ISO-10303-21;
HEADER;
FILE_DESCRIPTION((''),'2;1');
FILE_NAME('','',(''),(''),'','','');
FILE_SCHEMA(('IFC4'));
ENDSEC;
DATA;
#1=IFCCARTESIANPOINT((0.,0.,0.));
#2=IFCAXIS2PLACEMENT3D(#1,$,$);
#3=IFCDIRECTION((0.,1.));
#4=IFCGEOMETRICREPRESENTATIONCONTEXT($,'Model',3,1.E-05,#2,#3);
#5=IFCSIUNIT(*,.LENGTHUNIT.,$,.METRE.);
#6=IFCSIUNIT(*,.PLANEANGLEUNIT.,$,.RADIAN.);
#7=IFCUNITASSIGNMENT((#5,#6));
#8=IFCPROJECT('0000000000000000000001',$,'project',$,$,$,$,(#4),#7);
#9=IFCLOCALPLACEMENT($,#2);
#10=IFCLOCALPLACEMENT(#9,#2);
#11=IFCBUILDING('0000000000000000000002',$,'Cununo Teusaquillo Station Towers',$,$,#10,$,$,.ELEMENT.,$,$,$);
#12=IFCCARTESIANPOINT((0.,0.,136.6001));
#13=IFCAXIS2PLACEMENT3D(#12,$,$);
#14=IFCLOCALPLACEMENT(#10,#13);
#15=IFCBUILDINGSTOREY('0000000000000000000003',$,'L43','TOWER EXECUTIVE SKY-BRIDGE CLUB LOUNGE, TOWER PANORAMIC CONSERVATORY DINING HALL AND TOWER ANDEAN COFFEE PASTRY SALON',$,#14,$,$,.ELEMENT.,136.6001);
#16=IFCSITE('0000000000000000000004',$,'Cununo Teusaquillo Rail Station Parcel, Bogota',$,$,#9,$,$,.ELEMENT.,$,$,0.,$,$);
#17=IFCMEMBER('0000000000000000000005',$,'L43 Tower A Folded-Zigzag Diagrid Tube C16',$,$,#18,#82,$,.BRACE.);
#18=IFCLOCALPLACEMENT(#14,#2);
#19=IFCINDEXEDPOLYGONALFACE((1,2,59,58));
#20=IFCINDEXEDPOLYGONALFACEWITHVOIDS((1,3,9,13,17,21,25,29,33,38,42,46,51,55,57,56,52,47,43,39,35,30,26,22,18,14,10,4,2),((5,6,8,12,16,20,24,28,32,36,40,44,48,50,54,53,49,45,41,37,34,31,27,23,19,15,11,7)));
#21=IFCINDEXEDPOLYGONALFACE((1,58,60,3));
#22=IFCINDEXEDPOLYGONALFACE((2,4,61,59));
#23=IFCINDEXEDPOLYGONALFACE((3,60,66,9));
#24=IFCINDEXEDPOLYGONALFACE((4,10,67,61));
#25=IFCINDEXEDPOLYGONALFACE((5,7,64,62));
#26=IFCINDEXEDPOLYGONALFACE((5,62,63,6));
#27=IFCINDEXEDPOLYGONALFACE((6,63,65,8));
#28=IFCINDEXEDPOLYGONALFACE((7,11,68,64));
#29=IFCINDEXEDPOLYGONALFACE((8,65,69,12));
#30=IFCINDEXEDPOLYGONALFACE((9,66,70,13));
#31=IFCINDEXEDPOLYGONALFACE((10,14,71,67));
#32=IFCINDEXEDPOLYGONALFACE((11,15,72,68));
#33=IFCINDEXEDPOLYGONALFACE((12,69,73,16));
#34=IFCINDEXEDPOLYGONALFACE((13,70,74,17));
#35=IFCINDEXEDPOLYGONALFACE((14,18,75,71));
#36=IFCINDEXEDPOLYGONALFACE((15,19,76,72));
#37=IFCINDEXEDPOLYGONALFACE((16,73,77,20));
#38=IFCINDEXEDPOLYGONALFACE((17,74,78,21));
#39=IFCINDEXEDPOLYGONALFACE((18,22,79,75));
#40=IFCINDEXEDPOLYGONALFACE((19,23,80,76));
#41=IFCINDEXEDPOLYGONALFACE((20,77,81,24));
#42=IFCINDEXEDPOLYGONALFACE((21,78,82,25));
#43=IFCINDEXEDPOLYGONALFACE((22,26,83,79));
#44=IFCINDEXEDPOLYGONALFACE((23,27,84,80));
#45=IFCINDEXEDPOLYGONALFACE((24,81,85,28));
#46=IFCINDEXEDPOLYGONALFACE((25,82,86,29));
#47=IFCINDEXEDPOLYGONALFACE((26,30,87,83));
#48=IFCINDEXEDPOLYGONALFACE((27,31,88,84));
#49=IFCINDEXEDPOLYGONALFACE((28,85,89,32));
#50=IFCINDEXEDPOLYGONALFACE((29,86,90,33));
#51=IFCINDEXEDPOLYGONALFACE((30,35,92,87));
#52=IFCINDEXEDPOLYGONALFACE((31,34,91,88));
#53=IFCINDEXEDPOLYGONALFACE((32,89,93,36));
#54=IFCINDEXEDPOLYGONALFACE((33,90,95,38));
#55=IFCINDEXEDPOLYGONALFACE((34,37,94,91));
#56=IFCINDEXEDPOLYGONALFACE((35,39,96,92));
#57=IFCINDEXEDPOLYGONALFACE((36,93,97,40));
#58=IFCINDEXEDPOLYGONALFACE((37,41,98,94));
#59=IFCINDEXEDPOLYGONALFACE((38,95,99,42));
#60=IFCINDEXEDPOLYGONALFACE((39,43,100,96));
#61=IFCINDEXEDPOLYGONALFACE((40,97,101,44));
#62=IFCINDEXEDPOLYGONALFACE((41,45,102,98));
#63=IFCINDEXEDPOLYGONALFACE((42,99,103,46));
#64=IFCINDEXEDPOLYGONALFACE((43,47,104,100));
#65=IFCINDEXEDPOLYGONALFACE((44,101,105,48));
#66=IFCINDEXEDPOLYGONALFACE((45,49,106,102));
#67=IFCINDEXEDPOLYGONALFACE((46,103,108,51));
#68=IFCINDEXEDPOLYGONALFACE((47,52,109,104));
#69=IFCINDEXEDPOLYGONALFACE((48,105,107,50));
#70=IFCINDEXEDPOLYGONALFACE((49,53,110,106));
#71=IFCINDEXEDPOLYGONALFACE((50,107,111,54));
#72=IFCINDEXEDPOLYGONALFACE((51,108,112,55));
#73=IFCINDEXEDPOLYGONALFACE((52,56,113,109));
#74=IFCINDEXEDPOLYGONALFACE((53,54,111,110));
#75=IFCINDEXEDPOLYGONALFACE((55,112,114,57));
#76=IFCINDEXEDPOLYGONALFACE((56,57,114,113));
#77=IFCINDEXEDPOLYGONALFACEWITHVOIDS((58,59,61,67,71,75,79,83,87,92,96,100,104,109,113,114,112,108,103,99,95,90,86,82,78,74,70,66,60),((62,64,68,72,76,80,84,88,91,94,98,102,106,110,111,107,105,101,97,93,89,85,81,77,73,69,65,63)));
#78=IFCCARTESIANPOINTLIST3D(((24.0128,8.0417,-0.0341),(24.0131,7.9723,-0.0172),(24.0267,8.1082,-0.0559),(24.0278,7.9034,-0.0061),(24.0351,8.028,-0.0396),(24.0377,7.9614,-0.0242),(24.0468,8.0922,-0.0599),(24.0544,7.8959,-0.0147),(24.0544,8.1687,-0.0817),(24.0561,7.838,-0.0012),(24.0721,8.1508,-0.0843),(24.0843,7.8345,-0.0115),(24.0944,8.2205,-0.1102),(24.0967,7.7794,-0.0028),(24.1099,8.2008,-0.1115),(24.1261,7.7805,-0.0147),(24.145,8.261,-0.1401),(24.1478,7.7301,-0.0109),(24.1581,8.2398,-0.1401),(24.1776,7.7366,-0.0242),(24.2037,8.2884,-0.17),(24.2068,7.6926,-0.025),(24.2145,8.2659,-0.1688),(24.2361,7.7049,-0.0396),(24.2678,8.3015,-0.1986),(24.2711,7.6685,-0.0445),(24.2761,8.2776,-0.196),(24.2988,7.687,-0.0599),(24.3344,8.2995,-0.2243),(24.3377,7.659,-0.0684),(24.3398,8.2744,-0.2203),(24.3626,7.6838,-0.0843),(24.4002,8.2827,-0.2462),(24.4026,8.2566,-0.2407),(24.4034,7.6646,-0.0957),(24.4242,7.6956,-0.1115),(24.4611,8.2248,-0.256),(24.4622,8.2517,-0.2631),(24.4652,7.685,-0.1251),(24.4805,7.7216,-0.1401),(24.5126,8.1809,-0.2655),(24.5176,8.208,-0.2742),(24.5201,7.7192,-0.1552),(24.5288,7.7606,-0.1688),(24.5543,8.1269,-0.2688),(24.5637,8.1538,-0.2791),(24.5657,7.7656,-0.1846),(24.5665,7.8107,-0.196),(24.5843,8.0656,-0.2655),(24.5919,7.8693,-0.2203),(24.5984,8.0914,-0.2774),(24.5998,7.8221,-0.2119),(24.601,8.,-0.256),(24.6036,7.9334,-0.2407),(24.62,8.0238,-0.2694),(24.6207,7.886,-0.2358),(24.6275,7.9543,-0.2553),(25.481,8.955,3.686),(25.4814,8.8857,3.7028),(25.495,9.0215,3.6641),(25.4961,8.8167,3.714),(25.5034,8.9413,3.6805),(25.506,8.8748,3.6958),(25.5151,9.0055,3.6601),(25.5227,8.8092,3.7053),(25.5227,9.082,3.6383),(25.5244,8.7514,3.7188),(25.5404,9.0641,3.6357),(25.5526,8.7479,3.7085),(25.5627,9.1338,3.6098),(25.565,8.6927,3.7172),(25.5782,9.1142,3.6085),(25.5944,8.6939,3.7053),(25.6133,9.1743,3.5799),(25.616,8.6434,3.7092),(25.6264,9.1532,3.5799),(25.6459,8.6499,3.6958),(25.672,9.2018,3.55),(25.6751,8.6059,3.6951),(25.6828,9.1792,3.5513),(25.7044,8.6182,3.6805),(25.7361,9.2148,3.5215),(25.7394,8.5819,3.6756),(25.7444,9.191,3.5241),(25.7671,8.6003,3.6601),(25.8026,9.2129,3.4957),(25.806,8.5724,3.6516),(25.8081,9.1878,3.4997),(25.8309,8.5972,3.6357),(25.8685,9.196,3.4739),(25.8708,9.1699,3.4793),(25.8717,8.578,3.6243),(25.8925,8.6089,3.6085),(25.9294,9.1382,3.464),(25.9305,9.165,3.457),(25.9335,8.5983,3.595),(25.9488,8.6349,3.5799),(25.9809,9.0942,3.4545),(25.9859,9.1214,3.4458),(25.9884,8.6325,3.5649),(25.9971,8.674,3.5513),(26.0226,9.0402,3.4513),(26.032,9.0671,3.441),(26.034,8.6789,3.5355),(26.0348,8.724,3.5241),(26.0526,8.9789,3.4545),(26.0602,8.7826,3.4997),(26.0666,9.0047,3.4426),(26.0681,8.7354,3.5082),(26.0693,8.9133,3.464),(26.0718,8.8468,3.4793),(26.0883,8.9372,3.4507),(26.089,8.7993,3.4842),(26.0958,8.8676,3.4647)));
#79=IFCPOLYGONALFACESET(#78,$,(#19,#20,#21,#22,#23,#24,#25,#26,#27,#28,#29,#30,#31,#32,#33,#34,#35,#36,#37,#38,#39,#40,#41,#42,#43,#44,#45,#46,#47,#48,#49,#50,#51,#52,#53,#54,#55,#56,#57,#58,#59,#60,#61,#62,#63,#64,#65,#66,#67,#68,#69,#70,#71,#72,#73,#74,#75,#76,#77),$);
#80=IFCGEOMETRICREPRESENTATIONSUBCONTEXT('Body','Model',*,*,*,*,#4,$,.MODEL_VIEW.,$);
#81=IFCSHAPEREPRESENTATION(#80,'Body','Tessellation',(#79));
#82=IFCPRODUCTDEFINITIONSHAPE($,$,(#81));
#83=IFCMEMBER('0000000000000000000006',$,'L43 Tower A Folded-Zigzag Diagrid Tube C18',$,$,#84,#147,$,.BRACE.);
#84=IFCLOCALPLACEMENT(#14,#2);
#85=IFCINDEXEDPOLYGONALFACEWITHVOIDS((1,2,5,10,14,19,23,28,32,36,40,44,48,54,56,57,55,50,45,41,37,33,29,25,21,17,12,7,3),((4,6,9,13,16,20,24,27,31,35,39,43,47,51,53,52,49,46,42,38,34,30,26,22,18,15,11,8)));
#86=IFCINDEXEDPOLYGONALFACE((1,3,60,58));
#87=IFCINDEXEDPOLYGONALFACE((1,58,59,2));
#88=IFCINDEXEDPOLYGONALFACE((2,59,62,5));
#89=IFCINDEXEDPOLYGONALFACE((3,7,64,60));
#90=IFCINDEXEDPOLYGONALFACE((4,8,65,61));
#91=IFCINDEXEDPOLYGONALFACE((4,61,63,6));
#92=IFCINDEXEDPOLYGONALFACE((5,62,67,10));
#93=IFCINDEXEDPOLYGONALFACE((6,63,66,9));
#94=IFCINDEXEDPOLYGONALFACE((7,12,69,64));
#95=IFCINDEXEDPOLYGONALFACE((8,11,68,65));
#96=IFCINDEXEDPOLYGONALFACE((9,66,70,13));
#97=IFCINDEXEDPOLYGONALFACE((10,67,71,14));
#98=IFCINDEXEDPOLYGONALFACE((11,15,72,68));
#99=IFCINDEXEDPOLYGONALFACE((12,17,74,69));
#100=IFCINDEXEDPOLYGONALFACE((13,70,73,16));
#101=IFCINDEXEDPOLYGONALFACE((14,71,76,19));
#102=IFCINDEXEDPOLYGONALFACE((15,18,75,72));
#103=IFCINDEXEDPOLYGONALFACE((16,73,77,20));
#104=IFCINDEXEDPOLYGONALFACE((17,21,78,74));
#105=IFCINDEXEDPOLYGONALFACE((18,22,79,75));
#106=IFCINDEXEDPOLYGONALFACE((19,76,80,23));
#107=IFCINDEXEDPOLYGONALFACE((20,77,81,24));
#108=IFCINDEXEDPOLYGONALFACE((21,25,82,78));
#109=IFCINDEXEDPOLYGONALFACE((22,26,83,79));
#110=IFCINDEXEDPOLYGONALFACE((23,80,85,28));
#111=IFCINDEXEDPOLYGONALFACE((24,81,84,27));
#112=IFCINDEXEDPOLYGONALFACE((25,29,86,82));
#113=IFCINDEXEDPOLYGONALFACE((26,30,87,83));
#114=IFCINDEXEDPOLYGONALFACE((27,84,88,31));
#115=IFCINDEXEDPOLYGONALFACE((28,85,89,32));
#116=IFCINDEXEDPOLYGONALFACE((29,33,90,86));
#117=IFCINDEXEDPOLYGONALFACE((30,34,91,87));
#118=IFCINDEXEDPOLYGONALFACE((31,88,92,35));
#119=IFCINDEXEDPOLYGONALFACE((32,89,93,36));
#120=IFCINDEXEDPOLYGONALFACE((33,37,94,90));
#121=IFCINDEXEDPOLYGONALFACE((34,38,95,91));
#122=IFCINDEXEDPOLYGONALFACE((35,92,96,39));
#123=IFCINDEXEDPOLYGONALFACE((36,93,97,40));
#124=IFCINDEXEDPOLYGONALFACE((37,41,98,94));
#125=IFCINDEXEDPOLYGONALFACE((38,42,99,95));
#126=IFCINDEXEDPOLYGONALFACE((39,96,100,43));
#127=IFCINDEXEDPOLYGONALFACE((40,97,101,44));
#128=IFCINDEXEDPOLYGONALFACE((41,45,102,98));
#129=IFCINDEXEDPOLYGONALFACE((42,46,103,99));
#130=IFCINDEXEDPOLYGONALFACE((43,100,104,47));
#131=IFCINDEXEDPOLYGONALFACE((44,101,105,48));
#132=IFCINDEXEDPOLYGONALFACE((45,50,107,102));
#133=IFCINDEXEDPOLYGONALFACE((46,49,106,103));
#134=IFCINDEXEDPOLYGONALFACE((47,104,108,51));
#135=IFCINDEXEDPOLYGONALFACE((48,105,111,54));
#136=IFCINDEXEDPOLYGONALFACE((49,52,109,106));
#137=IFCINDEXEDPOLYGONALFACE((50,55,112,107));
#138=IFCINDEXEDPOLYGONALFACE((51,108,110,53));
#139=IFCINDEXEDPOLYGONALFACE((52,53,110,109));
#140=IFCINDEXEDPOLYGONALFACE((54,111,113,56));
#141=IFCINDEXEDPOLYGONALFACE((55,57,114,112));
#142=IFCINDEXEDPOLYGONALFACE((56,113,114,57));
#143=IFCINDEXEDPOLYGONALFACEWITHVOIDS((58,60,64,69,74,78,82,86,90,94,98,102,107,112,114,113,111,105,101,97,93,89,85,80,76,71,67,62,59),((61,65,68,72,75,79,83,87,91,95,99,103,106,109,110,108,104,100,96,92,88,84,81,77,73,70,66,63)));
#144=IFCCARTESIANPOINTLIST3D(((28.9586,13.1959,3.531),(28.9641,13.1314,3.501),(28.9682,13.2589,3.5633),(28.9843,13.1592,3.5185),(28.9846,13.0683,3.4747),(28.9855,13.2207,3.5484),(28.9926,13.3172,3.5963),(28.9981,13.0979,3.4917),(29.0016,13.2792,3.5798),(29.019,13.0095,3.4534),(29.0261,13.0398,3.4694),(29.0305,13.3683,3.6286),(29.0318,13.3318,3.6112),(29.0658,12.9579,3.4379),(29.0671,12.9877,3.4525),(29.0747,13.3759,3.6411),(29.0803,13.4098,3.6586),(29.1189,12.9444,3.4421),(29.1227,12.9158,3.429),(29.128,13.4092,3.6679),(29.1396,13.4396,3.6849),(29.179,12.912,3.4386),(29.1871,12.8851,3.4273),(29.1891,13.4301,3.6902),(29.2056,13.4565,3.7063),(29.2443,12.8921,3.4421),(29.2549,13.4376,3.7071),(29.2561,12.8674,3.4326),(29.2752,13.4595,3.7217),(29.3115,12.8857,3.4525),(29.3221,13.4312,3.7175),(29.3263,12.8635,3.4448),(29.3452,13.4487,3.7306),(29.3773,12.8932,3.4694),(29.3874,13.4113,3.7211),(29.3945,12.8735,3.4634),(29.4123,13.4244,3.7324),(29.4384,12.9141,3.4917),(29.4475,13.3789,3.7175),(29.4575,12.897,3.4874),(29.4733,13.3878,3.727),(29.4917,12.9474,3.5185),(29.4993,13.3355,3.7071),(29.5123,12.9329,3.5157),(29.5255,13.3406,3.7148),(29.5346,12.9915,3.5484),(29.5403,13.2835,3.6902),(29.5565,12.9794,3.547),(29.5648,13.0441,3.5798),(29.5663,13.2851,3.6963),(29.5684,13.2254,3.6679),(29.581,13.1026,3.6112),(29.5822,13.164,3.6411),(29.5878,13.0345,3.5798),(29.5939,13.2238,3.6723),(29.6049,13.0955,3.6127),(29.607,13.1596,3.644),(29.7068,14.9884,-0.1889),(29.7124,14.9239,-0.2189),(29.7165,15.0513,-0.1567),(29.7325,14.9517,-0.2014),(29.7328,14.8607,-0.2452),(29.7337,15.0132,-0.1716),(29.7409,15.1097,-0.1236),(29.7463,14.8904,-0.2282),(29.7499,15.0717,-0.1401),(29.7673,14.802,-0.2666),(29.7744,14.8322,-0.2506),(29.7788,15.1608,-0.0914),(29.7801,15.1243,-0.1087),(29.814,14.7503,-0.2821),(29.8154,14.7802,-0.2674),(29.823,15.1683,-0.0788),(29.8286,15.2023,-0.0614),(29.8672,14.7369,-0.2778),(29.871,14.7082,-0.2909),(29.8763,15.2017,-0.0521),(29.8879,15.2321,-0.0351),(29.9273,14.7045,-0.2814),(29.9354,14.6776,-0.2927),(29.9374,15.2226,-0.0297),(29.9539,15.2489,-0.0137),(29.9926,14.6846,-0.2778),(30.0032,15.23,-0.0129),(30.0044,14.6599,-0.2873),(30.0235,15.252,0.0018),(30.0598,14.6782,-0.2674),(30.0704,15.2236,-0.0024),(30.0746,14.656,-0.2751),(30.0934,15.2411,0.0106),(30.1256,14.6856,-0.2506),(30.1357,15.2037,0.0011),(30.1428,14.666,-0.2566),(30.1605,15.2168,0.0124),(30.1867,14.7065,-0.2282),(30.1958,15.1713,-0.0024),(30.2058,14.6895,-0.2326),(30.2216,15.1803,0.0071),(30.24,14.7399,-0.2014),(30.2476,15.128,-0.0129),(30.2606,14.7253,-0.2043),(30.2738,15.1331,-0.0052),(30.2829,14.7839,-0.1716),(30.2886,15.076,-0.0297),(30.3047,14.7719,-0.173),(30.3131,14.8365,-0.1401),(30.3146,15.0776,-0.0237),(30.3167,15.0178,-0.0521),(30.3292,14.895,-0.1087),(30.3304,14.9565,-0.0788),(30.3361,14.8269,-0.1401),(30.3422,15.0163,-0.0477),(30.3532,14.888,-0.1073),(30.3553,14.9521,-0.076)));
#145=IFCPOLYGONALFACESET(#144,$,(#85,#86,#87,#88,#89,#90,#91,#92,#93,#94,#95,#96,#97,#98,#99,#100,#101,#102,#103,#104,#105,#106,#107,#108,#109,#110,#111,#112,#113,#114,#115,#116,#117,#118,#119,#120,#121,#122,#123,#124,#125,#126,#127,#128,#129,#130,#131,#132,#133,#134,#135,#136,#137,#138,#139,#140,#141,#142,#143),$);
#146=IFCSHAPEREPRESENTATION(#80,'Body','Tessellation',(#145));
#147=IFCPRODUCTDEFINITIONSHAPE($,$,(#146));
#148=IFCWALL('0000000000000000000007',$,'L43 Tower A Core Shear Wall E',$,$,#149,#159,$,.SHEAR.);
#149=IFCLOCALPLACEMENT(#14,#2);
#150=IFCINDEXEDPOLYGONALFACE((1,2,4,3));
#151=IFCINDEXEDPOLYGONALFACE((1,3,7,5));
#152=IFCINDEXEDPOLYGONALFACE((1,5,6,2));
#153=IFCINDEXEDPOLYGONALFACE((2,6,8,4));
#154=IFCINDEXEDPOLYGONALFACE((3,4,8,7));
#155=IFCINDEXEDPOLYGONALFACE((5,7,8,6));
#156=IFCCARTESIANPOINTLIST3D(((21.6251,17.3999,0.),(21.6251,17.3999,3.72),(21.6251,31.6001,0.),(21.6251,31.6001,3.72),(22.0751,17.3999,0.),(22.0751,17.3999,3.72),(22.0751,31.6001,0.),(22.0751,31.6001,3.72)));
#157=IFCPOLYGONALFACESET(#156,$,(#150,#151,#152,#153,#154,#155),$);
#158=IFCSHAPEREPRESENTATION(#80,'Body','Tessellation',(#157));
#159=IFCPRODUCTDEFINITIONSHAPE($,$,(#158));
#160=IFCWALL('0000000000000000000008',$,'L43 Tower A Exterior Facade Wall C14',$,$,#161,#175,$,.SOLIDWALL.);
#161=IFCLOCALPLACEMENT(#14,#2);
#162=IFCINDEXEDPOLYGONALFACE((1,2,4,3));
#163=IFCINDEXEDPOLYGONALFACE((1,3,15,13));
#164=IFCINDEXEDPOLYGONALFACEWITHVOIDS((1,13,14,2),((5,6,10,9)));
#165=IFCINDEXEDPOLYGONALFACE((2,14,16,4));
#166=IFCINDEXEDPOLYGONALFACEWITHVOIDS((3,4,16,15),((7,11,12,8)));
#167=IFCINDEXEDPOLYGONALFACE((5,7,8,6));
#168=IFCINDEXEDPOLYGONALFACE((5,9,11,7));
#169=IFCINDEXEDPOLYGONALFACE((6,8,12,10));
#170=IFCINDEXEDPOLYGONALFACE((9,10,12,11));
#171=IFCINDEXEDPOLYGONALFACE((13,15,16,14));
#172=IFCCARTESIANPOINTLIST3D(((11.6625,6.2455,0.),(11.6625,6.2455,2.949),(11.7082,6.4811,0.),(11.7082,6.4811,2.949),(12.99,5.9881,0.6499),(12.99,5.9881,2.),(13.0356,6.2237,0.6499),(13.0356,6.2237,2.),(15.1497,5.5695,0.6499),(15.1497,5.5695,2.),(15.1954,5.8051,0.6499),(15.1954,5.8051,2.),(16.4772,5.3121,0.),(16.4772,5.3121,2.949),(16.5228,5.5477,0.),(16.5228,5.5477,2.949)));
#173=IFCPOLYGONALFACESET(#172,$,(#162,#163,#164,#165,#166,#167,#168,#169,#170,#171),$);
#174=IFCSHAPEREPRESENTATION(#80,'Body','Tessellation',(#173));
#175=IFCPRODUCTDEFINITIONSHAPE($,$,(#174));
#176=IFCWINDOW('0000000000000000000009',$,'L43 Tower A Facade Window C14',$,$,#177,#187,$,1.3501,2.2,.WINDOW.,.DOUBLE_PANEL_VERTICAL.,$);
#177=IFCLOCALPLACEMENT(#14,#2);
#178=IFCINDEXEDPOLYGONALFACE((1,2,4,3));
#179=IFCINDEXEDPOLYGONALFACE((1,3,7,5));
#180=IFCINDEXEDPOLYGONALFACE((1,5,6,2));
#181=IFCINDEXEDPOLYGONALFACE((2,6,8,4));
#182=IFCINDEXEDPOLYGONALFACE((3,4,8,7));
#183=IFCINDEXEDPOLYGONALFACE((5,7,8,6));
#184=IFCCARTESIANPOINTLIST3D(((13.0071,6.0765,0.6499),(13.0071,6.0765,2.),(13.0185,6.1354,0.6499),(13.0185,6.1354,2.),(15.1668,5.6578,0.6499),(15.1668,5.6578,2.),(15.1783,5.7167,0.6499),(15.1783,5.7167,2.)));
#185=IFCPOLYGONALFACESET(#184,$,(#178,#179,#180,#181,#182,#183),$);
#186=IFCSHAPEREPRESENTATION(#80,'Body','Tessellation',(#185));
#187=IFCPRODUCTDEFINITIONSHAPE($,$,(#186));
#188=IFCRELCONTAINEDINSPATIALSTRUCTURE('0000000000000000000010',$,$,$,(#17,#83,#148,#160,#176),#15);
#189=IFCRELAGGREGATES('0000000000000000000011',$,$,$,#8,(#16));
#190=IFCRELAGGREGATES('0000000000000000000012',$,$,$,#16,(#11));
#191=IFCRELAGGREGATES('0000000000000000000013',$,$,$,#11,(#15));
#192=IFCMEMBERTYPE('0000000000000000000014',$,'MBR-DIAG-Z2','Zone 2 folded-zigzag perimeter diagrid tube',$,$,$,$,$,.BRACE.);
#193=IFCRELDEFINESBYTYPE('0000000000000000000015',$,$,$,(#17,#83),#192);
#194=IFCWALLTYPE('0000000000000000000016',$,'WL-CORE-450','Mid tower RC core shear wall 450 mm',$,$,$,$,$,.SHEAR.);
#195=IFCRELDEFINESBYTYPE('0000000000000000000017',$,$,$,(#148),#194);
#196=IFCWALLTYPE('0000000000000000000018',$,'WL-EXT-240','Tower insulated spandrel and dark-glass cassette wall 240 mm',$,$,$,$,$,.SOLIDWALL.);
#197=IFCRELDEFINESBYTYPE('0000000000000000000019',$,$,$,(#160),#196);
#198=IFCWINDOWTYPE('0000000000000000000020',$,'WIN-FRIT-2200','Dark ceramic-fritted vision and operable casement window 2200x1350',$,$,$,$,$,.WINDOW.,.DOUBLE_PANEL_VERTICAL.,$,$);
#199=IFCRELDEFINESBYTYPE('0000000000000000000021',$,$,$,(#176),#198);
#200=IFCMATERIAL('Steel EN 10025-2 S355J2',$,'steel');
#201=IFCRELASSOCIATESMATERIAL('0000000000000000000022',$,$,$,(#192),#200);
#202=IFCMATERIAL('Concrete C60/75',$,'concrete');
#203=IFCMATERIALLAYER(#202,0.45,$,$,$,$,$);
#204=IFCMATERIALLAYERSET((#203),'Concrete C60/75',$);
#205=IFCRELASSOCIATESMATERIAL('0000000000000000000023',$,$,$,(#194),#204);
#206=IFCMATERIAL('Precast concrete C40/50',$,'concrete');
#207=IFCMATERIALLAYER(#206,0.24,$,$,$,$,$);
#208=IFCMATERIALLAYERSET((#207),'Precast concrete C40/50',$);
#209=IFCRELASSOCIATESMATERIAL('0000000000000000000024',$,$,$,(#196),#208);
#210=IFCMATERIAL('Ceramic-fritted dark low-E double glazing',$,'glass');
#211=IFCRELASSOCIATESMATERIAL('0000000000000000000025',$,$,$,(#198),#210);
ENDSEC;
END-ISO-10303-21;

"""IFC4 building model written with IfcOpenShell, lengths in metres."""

from ifc_helpers import new_model, si_unit, direction, frame, frame_2d, origin, origin_2d, place, context, subcontext, project, spatial, rectangle, hollow_circle, extrude, source, transform, mapped, material, layer, layer_set, material_profile, profile_set, type_object, element, fill, save


model = new_model("IFC4")

# Units and contexts
model_context = context("Model", 3, precision=1e-05, world=origin(), true_north=direction((0.0, 1.0)))
body_context = subcontext(model_context, "Body", "Model", "MODEL_VIEW")
ifc_project = project(units=[si_unit("LENGTHUNIT", "METRE"), si_unit("PLANEANGLEUNIT", "RADIAN")], contexts=[model_context])

# Site, building, storey
site_placement = place(None, origin())
site = spatial("IfcSite", under=ifc_project, at=site_placement, Name="Cununo Teusaquillo Rail Station Parcel, Bogota", CompositionType="ELEMENT", RefElevation=0.0)
building_placement = place(site_placement, origin())
building = spatial("IfcBuilding", under=site, at=building_placement, Name="Cununo Teusaquillo Station Towers", CompositionType="ELEMENT")
storey_placement = place(building_placement, frame((0.0, 0.0, 136.6001)))
storey = spatial("IfcBuildingStorey", under=building, at=storey_placement, Name="L43", Description="TOWER EXECUTIVE SKY-BRIDGE CLUB LOUNGE, TOWER PANORAMIC CONSERVATORY DINING HALL AND TOWER ANDEAN COFFEE PASTRY SALON", CompositionType="ELEMENT", Elevation=136.6001)

# Members
ifc_material_1 = material(Name="Steel EN 10025-2 S355J2", Category="steel")
ifc_material_profile_1 = material_profile(ifc_material_1, hollow_circle(Radius=0.3301, WallThickness=0.0249, at=origin_2d()), Name="CHS 660x25")
ifc_profile_set_1 = profile_set([ifc_material_profile_1], Name="Steel EN 10025-2 S355J2")
member_type_1 = type_object("IfcMemberType", Name="MBR-DIAG-Z2", Description="Zone 2 folded-zigzag perimeter diagrid tube", PredefinedType="BRACE", material=ifc_profile_set_1)
member_1_placement = place(storey_placement, frame((24.3193, 7.9807, -0.1401), z_axis=(0.357919, 0.222643, 0.906821), x_axis=(-0.528196, 0.849123, 0.0)))
element("IfcMember", 1, at=member_1_placement, inside=storey, type_object=member_type_1, Name="L43 Tower A Folded-Zigzag Diagrid Tube C16", PredefinedType="BRACE", context=body_context, shape_type="SweptSolid", body=[
    extrude(hollow_circle(Radius=0.3301, WallThickness=0.0249, at=origin_2d()), origin(), (0.0, 0.0, 1.0), 4.1023),
])
member_2_placement = place(storey_placement, frame((30.0315, 14.9541, -0.1401), z_axis=(-0.178311, -0.427131, 0.886434), x_axis=(0.922816, -0.38524, 0.0)))
element("IfcMember", 2, at=member_2_placement, inside=storey, type_object=member_type_1, Name="L43 Tower A Folded-Zigzag Diagrid Tube C18", PredefinedType="BRACE", context=body_context, shape_type="SweptSolid", body=[
    extrude(hollow_circle(Radius=0.3301, WallThickness=0.0249, at=origin_2d()), origin(), (0.0, 0.0, 1.0), 4.1965),
])

# Wall
ifc_material_2 = material(Name="Concrete C60/75", Category="concrete")
ifc_layer_1 = layer(ifc_material_2, 0.45)
ifc_layer_set_1 = layer_set([ifc_layer_1], Name="Concrete C60/75")
wall_type_1 = type_object("IfcWallType", Name="WL-CORE-450", Description="Mid tower RC core shear wall 450 mm", PredefinedType="SHEAR", material=ifc_layer_set_1)
wall_1_placement = place(storey_placement, frame((21.8501, 17.3999, 0.0), z_axis=(0.0, 0.0, 1.0), x_axis=(0.0, 1.0, 0.0)))
element("IfcWall", 3, at=wall_1_placement, inside=storey, type_object=wall_type_1, Name="L43 Tower A Core Shear Wall E", PredefinedType="SHEAR", context=body_context, shape_type="SweptSolid", body=[
    extrude(rectangle(XDim=14.2002, YDim=0.45, at=frame_2d((7.1001, 0.0))), origin(), (0.0, 0.0, 1.0), 3.72),
])

# Wall, opening, window
ifc_material_3 = material(Name="Precast concrete C40/50", Category="concrete")
ifc_layer_2 = layer(ifc_material_3, 0.24)
ifc_layer_set_2 = layer_set([ifc_layer_2], Name="Precast concrete C40/50")
wall_type_2 = type_object("IfcWallType", Name="WL-EXT-240", Description="Tower insulated spandrel and dark-glass cassette wall 240 mm", PredefinedType="SOLIDWALL", material=ifc_layer_set_2)
wall_2_placement = place(storey_placement, frame((16.5, 5.4299, 0.0), z_axis=(0.0, 0.0, 1.0), x_axis=(-0.981724, 0.190311, 0.0)))
wall_2 = element("IfcWall", 4, at=wall_2_placement, inside=storey, type_object=wall_type_2, Name="L43 Tower A Exterior Facade Wall C14", PredefinedType="SOLIDWALL", context=body_context, shape_type="SweptSolid", body=[
    extrude(rectangle(XDim=4.9043, YDim=0.24, at=frame_2d((2.4521, 0.0))), origin(), (0.0, 0.0, 1.0), 2.949),
])
shared_shape_1 = source(origin(), body_context, "Body", "SweptSolid", [
    extrude(rectangle(XDim=2.2, YDim=1.3501, at=frame_2d((1.1001, 0.675))), frame((0.0, 0.1299, 0.0), z_axis=(0.0, -1.0, 0.0), x_axis=(1.0, 0.0, 0.0)), (0.0, 0.0, 1.0), 0.26),
])
opening_1_placement = place(wall_2_placement, frame((1.3521, 0.0, 0.6499)))
opening_1 = element("IfcOpeningElement", 5, at=opening_1_placement, cuts=wall_2, PredefinedType="OPENING", context=body_context, shape_type="MappedRepresentation", body=[
    mapped(shared_shape_1, transform((0.0, 0.0, 0.0), x_axis=(1.0, 0.0, 0.0), y_axis=(0.0, 1.0, 0.0), z_axis=(0.0, 0.0, 1.0), scale=1.0)),
])
ifc_material_4 = material(Name="Ceramic-fritted dark low-E double glazing", Category="glass")
window_type_1 = type_object("IfcWindowType", Name="WIN-FRIT-2200", Description="Dark ceramic-fritted vision and operable casement window 2200x1350", PartitioningType="DOUBLE_PANEL_VERTICAL", PredefinedType="WINDOW", material=ifc_material_4)
shared_shape_2 = source(origin(), body_context, "Body", "SweptSolid", [
    extrude(rectangle(XDim=2.2, YDim=1.3501, at=frame_2d((1.1001, 0.675))), frame((0.0, 0.03, 0.0), z_axis=(0.0, -1.0, 0.0), x_axis=(1.0, 0.0, 0.0)), (0.0, 0.0, 1.0), 0.0601),
])
window_1_placement = place(opening_1_placement, origin())
window_1 = element("IfcWindow", 6, at=window_1_placement, inside=storey, type_object=window_type_1, Name="L43 Tower A Facade Window C14", OverallHeight=1.3501, OverallWidth=2.2, PartitioningType="DOUBLE_PANEL_VERTICAL", PredefinedType="WINDOW", context=body_context, shape_type="MappedRepresentation", body=[
    mapped(shared_shape_2, transform((0.0, 0.0, 0.0), x_axis=(1.0, 0.0, 0.0), y_axis=(0.0, 1.0, 0.0), z_axis=(0.0, 0.0, 1.0), scale=1.0)),
])
fill(opening_1, window_1)

save(model, "model.ifc")
